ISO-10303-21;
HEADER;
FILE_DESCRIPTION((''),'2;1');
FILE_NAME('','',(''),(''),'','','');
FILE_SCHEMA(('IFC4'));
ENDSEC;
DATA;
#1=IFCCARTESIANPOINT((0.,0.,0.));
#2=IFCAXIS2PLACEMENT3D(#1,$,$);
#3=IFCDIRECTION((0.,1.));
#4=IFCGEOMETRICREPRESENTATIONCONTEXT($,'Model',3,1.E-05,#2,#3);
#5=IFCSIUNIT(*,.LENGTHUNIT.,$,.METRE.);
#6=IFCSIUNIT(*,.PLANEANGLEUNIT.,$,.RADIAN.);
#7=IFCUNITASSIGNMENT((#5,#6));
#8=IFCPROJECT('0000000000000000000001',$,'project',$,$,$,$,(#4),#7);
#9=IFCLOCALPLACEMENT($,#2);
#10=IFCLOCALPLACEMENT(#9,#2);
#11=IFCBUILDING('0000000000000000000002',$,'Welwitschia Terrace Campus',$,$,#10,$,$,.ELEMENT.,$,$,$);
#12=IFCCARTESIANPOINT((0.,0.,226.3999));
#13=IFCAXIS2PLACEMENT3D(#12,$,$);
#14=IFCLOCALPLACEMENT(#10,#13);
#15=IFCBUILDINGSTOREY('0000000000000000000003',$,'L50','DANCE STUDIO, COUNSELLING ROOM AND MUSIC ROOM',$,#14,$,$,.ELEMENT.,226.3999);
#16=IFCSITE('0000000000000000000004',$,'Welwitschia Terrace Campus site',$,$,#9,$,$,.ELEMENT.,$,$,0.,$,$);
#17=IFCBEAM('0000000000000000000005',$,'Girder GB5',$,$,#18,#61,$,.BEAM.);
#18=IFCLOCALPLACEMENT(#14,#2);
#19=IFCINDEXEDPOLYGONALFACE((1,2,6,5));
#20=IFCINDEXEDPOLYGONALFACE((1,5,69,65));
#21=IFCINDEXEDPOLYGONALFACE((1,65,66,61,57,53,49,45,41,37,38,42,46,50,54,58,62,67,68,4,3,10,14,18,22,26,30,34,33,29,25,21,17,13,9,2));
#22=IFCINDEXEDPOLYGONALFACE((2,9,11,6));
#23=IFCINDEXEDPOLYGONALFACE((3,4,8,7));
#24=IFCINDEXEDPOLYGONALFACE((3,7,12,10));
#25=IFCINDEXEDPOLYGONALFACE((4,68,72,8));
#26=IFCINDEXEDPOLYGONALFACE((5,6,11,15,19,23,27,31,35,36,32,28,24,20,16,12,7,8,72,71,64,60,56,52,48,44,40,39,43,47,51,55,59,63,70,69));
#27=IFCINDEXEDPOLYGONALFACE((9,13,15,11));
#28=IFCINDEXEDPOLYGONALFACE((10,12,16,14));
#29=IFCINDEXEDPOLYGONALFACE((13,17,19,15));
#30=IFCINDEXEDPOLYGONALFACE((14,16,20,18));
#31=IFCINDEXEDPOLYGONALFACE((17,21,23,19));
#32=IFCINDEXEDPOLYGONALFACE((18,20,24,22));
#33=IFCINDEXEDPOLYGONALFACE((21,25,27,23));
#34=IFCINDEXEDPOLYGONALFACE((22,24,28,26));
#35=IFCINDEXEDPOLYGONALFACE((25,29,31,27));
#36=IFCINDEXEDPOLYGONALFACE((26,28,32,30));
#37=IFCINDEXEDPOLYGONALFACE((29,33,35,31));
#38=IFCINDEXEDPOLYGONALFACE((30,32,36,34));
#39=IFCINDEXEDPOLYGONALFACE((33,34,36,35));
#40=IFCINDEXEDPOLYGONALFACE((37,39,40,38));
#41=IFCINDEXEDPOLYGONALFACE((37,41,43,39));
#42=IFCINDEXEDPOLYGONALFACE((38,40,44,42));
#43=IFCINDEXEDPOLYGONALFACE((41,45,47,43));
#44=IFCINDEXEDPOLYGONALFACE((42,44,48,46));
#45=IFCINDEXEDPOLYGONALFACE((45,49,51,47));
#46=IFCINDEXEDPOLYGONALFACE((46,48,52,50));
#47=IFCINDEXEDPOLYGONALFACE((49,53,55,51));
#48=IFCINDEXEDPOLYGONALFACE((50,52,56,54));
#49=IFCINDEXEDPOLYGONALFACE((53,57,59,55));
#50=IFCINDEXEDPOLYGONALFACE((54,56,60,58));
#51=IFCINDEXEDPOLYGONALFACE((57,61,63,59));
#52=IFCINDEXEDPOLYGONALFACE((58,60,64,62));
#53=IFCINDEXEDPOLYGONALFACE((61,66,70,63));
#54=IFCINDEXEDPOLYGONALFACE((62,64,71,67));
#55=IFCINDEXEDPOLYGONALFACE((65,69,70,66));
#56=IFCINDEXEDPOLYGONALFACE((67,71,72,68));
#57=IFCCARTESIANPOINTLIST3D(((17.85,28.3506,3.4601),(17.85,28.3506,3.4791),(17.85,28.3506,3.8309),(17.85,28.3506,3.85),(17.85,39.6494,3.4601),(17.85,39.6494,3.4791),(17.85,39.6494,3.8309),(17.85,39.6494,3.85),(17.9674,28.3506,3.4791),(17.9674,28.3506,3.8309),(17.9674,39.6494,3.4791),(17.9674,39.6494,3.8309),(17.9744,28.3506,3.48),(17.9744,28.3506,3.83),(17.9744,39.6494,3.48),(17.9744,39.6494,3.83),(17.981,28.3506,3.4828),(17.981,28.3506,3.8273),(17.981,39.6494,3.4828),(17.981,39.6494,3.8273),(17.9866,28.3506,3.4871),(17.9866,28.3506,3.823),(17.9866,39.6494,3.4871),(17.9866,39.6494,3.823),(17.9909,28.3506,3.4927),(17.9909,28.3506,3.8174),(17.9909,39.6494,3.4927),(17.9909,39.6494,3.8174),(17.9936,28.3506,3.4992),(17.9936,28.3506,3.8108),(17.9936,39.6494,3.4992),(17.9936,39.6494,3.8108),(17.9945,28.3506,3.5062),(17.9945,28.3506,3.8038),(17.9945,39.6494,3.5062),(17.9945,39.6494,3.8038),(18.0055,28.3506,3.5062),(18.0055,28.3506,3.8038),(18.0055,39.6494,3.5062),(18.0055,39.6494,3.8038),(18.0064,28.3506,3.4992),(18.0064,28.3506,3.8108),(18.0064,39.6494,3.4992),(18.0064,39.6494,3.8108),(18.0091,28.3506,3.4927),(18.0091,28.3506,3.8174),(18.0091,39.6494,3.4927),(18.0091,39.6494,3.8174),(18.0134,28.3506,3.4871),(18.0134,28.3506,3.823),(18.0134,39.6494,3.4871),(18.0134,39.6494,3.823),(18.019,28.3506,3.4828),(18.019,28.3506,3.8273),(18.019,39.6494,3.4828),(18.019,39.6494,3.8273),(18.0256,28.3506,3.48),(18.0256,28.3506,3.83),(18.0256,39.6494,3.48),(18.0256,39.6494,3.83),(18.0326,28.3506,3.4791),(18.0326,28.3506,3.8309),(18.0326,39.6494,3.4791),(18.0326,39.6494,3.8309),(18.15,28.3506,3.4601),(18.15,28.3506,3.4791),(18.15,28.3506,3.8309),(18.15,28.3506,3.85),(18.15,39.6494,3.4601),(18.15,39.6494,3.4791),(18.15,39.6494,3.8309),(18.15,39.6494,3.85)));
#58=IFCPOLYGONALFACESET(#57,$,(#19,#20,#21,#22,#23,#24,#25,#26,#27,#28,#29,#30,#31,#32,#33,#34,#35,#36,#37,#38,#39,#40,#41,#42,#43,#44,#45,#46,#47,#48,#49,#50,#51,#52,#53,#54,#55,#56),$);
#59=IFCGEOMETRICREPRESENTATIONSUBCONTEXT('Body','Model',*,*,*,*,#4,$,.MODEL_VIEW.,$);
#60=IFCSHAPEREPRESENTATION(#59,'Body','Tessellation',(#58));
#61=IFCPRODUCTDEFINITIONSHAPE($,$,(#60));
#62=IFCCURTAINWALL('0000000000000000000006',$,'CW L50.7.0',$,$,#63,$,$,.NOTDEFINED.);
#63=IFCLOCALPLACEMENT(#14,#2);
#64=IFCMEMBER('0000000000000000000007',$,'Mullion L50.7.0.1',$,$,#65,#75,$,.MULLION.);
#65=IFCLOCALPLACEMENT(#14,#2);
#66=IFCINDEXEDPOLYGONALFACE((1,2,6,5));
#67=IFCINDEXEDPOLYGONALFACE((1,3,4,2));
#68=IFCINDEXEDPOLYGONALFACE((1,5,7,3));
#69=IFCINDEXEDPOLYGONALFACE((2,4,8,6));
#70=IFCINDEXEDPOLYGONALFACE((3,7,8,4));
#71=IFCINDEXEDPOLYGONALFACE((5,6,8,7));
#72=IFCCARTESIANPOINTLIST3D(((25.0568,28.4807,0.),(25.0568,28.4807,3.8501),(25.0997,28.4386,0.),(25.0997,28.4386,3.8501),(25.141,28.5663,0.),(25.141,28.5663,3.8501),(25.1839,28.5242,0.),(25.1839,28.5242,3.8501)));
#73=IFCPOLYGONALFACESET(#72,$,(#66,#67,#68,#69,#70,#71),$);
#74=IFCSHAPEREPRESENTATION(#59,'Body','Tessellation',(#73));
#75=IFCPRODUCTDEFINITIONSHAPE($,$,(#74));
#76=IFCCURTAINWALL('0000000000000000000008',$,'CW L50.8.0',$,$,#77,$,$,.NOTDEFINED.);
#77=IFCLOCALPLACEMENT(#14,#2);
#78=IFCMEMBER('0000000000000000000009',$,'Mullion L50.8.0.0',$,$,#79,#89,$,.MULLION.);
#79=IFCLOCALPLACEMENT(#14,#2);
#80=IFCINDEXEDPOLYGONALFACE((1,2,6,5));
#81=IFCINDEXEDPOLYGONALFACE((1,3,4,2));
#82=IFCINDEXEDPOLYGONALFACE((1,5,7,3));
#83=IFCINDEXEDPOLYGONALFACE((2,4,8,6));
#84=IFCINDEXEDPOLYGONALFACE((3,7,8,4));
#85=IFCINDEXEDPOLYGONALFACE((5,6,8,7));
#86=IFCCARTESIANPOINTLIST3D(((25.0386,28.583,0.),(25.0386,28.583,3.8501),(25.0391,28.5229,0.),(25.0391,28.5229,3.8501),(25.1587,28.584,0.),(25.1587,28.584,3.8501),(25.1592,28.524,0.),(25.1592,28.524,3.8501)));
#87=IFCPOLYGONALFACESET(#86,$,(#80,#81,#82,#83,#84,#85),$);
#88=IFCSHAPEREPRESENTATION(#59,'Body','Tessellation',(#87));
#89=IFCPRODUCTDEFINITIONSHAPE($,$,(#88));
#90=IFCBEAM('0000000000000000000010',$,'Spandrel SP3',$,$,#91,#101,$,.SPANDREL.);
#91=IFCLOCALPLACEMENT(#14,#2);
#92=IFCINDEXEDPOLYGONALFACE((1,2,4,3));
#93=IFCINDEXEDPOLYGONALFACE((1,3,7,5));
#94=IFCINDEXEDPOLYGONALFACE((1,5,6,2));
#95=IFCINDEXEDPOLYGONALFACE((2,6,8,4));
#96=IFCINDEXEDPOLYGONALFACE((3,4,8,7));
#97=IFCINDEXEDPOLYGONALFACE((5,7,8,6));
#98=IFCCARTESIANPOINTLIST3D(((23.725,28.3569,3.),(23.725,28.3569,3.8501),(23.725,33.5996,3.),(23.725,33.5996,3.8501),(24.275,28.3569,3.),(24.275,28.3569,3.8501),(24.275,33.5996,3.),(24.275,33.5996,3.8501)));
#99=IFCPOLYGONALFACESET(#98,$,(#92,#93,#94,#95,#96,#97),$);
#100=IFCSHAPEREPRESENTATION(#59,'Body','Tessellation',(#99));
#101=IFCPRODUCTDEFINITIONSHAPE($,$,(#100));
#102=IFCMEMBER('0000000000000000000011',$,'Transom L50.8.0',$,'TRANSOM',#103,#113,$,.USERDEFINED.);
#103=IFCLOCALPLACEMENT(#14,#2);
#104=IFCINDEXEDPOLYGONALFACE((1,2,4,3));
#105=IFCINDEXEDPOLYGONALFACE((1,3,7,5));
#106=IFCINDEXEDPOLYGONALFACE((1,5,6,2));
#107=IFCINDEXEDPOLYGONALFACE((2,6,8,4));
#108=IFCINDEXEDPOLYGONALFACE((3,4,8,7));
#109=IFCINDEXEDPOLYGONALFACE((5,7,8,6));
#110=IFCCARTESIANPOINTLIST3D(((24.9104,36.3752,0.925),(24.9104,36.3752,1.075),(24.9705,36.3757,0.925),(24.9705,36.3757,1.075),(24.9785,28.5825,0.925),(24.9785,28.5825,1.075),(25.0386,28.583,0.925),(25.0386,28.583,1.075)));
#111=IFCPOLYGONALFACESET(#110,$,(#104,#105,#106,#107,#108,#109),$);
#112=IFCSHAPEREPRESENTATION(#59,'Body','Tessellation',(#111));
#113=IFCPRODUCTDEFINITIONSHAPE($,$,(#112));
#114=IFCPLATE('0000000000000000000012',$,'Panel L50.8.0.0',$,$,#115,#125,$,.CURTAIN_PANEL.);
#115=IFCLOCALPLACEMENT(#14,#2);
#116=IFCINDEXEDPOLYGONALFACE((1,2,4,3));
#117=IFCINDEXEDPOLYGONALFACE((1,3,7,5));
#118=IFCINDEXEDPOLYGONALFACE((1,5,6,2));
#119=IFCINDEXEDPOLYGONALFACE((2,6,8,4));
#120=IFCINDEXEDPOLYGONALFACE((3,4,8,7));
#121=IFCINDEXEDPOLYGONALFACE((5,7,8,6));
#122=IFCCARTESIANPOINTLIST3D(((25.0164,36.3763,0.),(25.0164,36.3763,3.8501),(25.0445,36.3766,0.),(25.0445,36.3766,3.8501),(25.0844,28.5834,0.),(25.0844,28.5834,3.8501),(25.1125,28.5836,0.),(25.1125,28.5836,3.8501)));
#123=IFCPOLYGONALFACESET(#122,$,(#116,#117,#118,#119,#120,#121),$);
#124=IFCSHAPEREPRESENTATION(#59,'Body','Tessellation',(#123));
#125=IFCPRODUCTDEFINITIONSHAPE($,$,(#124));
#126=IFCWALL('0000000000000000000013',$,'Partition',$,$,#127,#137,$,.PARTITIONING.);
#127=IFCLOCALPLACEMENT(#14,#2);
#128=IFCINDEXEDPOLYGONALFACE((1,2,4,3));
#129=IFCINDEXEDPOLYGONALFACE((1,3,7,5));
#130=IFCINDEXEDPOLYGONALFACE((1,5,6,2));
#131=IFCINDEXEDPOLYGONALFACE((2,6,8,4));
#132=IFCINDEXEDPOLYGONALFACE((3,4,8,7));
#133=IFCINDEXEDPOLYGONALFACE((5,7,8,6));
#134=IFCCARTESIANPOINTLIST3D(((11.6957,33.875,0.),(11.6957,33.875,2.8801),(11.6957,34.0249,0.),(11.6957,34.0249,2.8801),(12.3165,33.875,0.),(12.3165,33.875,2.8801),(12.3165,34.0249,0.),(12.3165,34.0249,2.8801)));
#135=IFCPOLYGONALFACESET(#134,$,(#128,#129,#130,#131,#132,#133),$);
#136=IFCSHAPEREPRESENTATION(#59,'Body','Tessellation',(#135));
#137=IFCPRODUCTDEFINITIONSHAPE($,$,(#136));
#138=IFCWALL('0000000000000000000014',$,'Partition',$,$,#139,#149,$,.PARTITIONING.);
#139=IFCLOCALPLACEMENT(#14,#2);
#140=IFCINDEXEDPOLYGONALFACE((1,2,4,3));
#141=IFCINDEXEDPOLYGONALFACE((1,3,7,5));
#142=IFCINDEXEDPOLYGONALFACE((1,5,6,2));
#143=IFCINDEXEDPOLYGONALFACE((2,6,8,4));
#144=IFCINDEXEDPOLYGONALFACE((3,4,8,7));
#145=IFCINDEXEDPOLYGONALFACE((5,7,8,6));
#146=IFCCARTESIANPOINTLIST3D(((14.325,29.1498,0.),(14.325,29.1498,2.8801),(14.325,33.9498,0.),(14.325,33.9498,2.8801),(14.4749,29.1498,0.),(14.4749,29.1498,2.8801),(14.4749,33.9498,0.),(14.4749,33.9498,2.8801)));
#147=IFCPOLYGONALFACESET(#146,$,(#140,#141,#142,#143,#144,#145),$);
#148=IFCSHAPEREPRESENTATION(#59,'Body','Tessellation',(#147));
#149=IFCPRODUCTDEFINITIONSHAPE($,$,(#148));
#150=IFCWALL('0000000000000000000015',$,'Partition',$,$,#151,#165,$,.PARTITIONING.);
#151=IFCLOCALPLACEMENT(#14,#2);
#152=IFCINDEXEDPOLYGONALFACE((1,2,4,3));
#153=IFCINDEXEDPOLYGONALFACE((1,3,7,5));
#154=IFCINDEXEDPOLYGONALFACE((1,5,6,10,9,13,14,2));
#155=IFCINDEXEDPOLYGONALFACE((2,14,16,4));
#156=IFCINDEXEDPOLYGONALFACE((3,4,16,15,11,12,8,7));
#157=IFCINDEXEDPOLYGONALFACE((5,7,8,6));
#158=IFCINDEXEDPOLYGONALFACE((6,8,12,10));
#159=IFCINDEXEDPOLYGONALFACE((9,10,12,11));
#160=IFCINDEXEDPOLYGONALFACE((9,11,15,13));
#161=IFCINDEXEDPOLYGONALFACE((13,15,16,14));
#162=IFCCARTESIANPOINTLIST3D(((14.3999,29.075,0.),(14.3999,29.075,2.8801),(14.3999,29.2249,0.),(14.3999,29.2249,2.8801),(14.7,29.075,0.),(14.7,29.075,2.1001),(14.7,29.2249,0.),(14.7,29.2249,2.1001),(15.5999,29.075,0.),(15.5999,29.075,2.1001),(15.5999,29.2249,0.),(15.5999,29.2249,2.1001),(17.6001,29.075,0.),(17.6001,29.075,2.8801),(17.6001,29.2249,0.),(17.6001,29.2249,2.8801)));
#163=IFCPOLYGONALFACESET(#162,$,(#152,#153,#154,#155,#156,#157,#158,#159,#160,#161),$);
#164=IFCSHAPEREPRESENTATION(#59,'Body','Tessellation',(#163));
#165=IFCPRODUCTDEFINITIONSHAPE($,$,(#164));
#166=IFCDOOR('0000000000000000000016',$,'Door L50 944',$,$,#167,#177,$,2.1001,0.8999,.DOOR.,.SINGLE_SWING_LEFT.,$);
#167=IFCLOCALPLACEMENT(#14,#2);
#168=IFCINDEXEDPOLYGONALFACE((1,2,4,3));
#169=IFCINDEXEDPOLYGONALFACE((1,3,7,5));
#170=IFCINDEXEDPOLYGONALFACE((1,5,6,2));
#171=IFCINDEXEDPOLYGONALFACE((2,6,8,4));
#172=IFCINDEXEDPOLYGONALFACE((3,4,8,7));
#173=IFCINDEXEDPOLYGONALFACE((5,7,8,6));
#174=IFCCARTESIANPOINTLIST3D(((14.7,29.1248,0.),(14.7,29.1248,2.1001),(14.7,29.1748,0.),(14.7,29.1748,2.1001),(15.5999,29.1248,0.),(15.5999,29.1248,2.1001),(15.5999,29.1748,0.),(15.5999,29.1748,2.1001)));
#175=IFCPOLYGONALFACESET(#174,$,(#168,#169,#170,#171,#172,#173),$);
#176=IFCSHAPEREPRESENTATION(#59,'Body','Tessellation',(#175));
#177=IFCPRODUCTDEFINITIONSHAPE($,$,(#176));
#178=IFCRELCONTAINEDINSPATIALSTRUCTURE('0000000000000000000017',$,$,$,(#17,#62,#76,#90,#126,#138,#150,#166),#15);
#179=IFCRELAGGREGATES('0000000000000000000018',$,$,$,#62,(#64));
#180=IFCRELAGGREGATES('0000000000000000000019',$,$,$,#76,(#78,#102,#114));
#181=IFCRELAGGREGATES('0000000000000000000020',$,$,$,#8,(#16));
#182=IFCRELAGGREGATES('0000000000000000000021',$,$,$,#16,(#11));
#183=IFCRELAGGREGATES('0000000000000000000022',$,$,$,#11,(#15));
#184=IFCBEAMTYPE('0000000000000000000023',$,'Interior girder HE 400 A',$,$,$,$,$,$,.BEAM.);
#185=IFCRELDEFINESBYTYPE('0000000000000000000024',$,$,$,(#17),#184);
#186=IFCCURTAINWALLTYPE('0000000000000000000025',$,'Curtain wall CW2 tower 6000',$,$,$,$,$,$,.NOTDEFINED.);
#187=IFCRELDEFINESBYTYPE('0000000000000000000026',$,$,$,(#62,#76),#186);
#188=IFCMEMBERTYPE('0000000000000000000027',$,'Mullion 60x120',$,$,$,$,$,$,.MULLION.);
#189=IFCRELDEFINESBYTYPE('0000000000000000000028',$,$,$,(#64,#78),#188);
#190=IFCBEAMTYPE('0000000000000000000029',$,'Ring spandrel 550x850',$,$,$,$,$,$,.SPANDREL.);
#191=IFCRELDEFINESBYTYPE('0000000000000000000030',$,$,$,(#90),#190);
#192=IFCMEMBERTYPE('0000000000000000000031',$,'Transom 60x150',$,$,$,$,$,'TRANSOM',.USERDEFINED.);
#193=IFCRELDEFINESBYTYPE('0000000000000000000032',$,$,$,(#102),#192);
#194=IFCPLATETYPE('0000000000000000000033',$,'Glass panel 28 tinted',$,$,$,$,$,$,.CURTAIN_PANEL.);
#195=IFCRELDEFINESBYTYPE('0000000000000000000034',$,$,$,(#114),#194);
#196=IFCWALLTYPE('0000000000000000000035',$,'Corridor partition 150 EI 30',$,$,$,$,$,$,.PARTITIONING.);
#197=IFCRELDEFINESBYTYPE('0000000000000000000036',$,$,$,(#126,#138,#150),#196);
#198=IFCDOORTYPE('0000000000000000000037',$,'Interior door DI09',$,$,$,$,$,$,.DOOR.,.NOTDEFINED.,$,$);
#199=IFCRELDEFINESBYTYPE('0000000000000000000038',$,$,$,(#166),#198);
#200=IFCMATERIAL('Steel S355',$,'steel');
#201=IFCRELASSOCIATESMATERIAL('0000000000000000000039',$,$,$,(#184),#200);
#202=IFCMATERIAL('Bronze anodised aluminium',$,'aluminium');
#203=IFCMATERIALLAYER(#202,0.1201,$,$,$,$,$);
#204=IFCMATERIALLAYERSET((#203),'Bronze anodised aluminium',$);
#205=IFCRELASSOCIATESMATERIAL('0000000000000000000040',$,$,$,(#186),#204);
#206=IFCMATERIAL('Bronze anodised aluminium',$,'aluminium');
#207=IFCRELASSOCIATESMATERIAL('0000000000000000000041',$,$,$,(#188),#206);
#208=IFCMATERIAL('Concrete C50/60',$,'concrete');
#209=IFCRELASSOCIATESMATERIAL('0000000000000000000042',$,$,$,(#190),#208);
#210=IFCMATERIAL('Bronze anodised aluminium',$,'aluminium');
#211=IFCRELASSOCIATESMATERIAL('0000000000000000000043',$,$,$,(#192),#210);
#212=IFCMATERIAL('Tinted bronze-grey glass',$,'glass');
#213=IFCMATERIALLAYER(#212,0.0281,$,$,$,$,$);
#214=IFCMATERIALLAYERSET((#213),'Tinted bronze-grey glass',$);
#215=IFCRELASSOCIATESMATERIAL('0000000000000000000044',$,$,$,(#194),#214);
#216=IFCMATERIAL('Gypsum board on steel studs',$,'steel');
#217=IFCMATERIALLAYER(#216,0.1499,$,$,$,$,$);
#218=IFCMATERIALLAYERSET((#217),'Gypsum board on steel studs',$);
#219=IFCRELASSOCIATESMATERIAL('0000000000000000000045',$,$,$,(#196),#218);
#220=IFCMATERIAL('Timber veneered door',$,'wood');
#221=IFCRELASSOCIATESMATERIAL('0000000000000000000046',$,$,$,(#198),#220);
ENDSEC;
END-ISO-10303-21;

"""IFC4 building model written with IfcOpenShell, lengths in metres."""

from ifc_helpers import new_model, si_unit, direction, frame, frame_2d, origin, origin_2d, place, context, subcontext, project, spatial, rectangle, i_section, extrude, material, layer, layer_set, material_profile, profile_set, type_object, element, fill, aggregate, save


model = new_model("IFC4")

# Units and contexts
model_context = context("Model", 3, precision=1e-05, world=origin(), true_north=direction((0.0, 1.0)))
body_context = subcontext(model_context, "Body", "Model", "MODEL_VIEW")
ifc_project = project(units=[si_unit("LENGTHUNIT", "METRE"), si_unit("PLANEANGLEUNIT", "RADIAN")], contexts=[model_context])

# Site, building, storey
site_placement = place(None, origin())
site = spatial("IfcSite", under=ifc_project, at=site_placement, Name="Welwitschia Terrace Campus site", CompositionType="ELEMENT", RefElevation=0.0)
building_placement = place(site_placement, origin())
building = spatial("IfcBuilding", under=site, at=building_placement, Name="Welwitschia Terrace Campus", CompositionType="ELEMENT")
storey_placement = place(building_placement, frame((0.0, 0.0, 226.3999)))
storey = spatial("IfcBuildingStorey", under=building, at=storey_placement, Name="L50", Description="DANCE STUDIO, COUNSELLING ROOM AND MUSIC ROOM", CompositionType="ELEMENT", Elevation=226.3999)

# Beam
ifc_material_1 = material(Name="Steel S355", Category="steel")
ifc_material_profile_1 = material_profile(ifc_material_1, i_section(OverallWidth=0.3, OverallDepth=0.3899, WebThickness=0.011, FlangeThickness=0.019, FilletRadius=0.0271, at=origin_2d()))
ifc_profile_set_1 = profile_set([ifc_material_profile_1], Name="Steel S355")
beam_type_1 = type_object("IfcBeamType", Name="Interior girder HE 400 A", PredefinedType="BEAM", material=ifc_profile_set_1)
beam_1_placement = place(storey_placement, frame((18.0, 28.3506, 3.655), z_axis=(0.0, 1.0, 0.0), x_axis=(-1.0, 0.0, 0.0)))
element("IfcBeam", 1, at=beam_1_placement, inside=storey, type_object=beam_type_1, Name="Girder GB5", PredefinedType="BEAM", context=body_context, shape_type="SweptSolid", body=[
    extrude(i_section(OverallWidth=0.3, OverallDepth=0.3899, WebThickness=0.011, FlangeThickness=0.019, FilletRadius=0.0271, at=origin_2d()), origin(), (0.0, 0.0, 1.0), 11.2988),
])

# Curtain walls, members
ifc_material_2 = material(Name="Bronze anodised aluminium", Category="aluminium")
ifc_layer_1 = layer(ifc_material_2, 0.1201)
ifc_layer_set_1 = layer_set([ifc_layer_1], Name="Bronze anodised aluminium")
curtain_wall_type = type_object("IfcCurtainWallType", Name="Curtain wall CW2 tower 6000", PredefinedType="NOTDEFINED", material=ifc_layer_set_1)
curtain_wall_1_placement = place(storey_placement, origin())
curtain_wall_1 = element("IfcCurtainWall", 2, at=curtain_wall_1_placement, inside=storey, type_object=curtain_wall_type, Name="CW L50.7.0", PredefinedType="NOTDEFINED")
ifc_material_3 = material(Name="Bronze anodised aluminium", Category="aluminium")
ifc_material_profile_2 = material_profile(ifc_material_3, rectangle(XDim=0.1201, YDim=0.0601, at=origin_2d()))
ifc_profile_set_2 = profile_set([ifc_material_profile_2], Name="Bronze anodised aluminium")
member_type_1 = type_object("IfcMemberType", Name="Mullion 60x120", PredefinedType="MULLION", material=ifc_profile_set_2)
member_1_placement = place(storey_placement, frame((25.1204, 28.5024, 0.0), z_axis=(0.0, 0.0, 1.0), x_axis=(-0.700909, -0.71325, 0.0)))
member_1 = element("IfcMember", 3, at=member_1_placement, type_object=member_type_1, Name="Mullion L50.7.0.1", PredefinedType="MULLION", context=body_context, shape_type="SweptSolid", body=[
    extrude(rectangle(XDim=0.1201, YDim=0.0601, at=origin_2d()), origin(), (0.0, 0.0, 1.0), 3.8501),
])
aggregate(curtain_wall_1, [member_1])
curtain_wall_2_placement = place(storey_placement, origin())
curtain_wall_2 = element("IfcCurtainWall", 4, at=curtain_wall_2_placement, inside=storey, type_object=curtain_wall_type, Name="CW L50.8.0", PredefinedType="NOTDEFINED")
member_2_placement = place(storey_placement, frame((25.0989, 28.5535, 0.0), z_axis=(0.0, 0.0, 1.0), x_axis=(-0.999962, -0.008727, 0.0)))
member_2 = element("IfcMember", 5, at=member_2_placement, type_object=member_type_1, Name="Mullion L50.8.0.0", PredefinedType="MULLION", context=body_context, shape_type="SweptSolid", body=[
    extrude(rectangle(XDim=0.1201, YDim=0.0601, at=origin_2d()), origin(), (0.0, 0.0, 1.0), 3.8501),
])

# Beam
ifc_material_4 = material(Name="Concrete C50/60", Category="concrete")
ifc_material_profile_3 = material_profile(ifc_material_4, rectangle(XDim=0.55, YDim=0.8501, at=origin_2d()))
ifc_profile_set_3 = profile_set([ifc_material_profile_3], Name="Concrete C50/60")
beam_type_2 = type_object("IfcBeamType", Name="Ring spandrel 550x850", PredefinedType="SPANDREL", material=ifc_profile_set_3)
beam_2_placement = place(storey_placement, frame((24.0, 28.3569, 3.425), z_axis=(0.0, 1.0, 0.0), x_axis=(-1.0, 0.0, 0.0)))
element("IfcBeam", 6, at=beam_2_placement, inside=storey, type_object=beam_type_2, Name="Spandrel SP3", PredefinedType="SPANDREL", context=body_context, shape_type="SweptSolid", body=[
    extrude(rectangle(XDim=0.55, YDim=0.8501, at=origin_2d()), origin(), (0.0, 0.0, 1.0), 5.2427),
])

# Member
ifc_material_5 = material(Name="Bronze anodised aluminium", Category="aluminium")
ifc_material_profile_4 = material_profile(ifc_material_5, rectangle(XDim=0.0601, YDim=0.1499, at=origin_2d()))
ifc_profile_set_4 = profile_set([ifc_material_profile_4], Name="Bronze anodised aluminium")
member_type_2 = type_object("IfcMemberType", Name="Transom 60x150", ElementType="TRANSOM", PredefinedType="USERDEFINED", material=ifc_profile_set_4)
member_3_placement = place(storey_placement, frame((25.0085, 28.5828, 1.0), z_axis=(-0.008741, 0.999962, 0.0), x_axis=(-0.999962, -0.008741, 0.0)))
member_3 = element("IfcMember", 7, at=member_3_placement, type_object=member_type_2, Name="Transom L50.8.0", ObjectType="TRANSOM", PredefinedType="USERDEFINED", context=body_context, shape_type="SweptSolid", body=[
    extrude(rectangle(XDim=0.0601, YDim=0.1499, at=origin_2d()), origin(), (0.0, 0.0, 1.0), 7.793),
])

# Plate
ifc_material_6 = material(Name="Tinted bronze-grey glass", Category="glass")
ifc_layer_2 = layer(ifc_material_6, 0.0281)
ifc_layer_set_2 = layer_set([ifc_layer_2], Name="Tinted bronze-grey glass")
plate_type = type_object("IfcPlateType", Name="Glass panel 28 tinted", PredefinedType="CURTAIN_PANEL", material=ifc_layer_set_2)
plate_placement = place(storey_placement, frame((25.0645, 32.48, 0.0), z_axis=(0.0, 0.0, 1.0), x_axis=(-0.008727, 0.999962, 0.0)))
plate = element("IfcPlate", 8, at=plate_placement, type_object=plate_type, Name="Panel L50.8.0.0", PredefinedType="CURTAIN_PANEL", context=body_context, shape_type="SweptSolid", body=[
    extrude(rectangle(XDim=7.7932, YDim=0.0281, at=origin_2d()), origin(), (0.0, 0.0, 1.0), 3.8501),
])
aggregate(curtain_wall_2, [member_2, member_3, plate])

# Walls
ifc_material_7 = material(Name="Gypsum board on steel studs", Category="steel")
ifc_layer_3 = layer(ifc_material_7, 0.1499)
ifc_layer_set_3 = layer_set([ifc_layer_3], Name="Gypsum board on steel studs")
wall_type = type_object("IfcWallType", Name="Corridor partition 150 EI 30", PredefinedType="PARTITIONING", material=ifc_layer_set_3)
wall_1_placement = place(storey_placement, frame((11.6956, 33.95, 0.0), z_axis=(0.0, 0.0, 1.0), x_axis=(1.0, 0.0, 0.0)))
element("IfcWall", 9, at=wall_1_placement, inside=storey, type_object=wall_type, Name="Partition", PredefinedType="PARTITIONING", context=body_context, shape_type="SweptSolid", body=[
    extrude(rectangle(XDim=0.6208, YDim=0.1499, at=frame_2d((0.3105, 0.0))), origin(), (0.0, 0.0, 1.0), 2.8801),
])
wall_2_placement = place(storey_placement, frame((14.3999, 29.1499, 0.0), z_axis=(0.0, 0.0, 1.0), x_axis=(0.0, 1.0, 0.0)))
element("IfcWall", 10, at=wall_2_placement, inside=storey, type_object=wall_type, Name="Partition", PredefinedType="PARTITIONING", context=body_context, shape_type="SweptSolid", body=[
    extrude(rectangle(XDim=4.8, YDim=0.1499, at=frame_2d((2.3999, 0.0))), origin(), (0.0, 0.0, 1.0), 2.8801),
])

# Wall, opening, door
wall_3_placement = place(storey_placement, frame((14.3999, 29.1499, 0.0), z_axis=(0.0, 0.0, 1.0), x_axis=(1.0, 0.0, 0.0)))
wall_3 = element("IfcWall", 11, at=wall_3_placement, inside=storey, type_object=wall_type, Name="Partition", PredefinedType="PARTITIONING", context=body_context, shape_type="SweptSolid", body=[
    extrude(rectangle(XDim=3.2002, YDim=0.1499, at=frame_2d((1.6001, 0.0))), origin(), (0.0, 0.0, 1.0), 2.8801),
])
opening_1_placement = place(wall_3_placement, frame((0.3, 0.0, 0.0)))
opening_1 = element("IfcOpeningElement", 12, at=opening_1_placement, cuts=wall_3, PredefinedType="OPENING", context=body_context, shape_type="SweptSolid", body=[
    extrude(rectangle(XDim=0.8999, YDim=2.1001, at=frame_2d((0.45, 1.05))), frame((0.0, 0.085, 0.0), z_axis=(0.0, -1.0, 0.0), x_axis=(1.0, 0.0, 0.0)), (0.0, 0.0, 1.0), 0.1699),
])
ifc_material_8 = material(Name="Timber veneered door", Category="wood")
door_type = type_object("IfcDoorType", Name="Interior door DI09", OperationType="NOTDEFINED", PredefinedType="DOOR", material=ifc_material_8)
door_1_placement = place(opening_1_placement, origin())
door_1 = element("IfcDoor", 13, at=door_1_placement, inside=storey, type_object=door_type, Name="Door L50 944", OperationType="SINGLE_SWING_LEFT", OverallHeight=2.1001, OverallWidth=0.8999, PredefinedType="DOOR", context=body_context, shape_type="SweptSolid", body=[
    extrude(rectangle(XDim=0.8999, YDim=2.1001, at=frame_2d((0.45, 1.05))), frame((0.0, 0.0249, 0.0), z_axis=(0.0, -1.0, 0.0), x_axis=(1.0, 0.0, 0.0)), (0.0, 0.0, 1.0), 0.05),
])
fill(opening_1, door_1)

save(model, "model.ifc")
